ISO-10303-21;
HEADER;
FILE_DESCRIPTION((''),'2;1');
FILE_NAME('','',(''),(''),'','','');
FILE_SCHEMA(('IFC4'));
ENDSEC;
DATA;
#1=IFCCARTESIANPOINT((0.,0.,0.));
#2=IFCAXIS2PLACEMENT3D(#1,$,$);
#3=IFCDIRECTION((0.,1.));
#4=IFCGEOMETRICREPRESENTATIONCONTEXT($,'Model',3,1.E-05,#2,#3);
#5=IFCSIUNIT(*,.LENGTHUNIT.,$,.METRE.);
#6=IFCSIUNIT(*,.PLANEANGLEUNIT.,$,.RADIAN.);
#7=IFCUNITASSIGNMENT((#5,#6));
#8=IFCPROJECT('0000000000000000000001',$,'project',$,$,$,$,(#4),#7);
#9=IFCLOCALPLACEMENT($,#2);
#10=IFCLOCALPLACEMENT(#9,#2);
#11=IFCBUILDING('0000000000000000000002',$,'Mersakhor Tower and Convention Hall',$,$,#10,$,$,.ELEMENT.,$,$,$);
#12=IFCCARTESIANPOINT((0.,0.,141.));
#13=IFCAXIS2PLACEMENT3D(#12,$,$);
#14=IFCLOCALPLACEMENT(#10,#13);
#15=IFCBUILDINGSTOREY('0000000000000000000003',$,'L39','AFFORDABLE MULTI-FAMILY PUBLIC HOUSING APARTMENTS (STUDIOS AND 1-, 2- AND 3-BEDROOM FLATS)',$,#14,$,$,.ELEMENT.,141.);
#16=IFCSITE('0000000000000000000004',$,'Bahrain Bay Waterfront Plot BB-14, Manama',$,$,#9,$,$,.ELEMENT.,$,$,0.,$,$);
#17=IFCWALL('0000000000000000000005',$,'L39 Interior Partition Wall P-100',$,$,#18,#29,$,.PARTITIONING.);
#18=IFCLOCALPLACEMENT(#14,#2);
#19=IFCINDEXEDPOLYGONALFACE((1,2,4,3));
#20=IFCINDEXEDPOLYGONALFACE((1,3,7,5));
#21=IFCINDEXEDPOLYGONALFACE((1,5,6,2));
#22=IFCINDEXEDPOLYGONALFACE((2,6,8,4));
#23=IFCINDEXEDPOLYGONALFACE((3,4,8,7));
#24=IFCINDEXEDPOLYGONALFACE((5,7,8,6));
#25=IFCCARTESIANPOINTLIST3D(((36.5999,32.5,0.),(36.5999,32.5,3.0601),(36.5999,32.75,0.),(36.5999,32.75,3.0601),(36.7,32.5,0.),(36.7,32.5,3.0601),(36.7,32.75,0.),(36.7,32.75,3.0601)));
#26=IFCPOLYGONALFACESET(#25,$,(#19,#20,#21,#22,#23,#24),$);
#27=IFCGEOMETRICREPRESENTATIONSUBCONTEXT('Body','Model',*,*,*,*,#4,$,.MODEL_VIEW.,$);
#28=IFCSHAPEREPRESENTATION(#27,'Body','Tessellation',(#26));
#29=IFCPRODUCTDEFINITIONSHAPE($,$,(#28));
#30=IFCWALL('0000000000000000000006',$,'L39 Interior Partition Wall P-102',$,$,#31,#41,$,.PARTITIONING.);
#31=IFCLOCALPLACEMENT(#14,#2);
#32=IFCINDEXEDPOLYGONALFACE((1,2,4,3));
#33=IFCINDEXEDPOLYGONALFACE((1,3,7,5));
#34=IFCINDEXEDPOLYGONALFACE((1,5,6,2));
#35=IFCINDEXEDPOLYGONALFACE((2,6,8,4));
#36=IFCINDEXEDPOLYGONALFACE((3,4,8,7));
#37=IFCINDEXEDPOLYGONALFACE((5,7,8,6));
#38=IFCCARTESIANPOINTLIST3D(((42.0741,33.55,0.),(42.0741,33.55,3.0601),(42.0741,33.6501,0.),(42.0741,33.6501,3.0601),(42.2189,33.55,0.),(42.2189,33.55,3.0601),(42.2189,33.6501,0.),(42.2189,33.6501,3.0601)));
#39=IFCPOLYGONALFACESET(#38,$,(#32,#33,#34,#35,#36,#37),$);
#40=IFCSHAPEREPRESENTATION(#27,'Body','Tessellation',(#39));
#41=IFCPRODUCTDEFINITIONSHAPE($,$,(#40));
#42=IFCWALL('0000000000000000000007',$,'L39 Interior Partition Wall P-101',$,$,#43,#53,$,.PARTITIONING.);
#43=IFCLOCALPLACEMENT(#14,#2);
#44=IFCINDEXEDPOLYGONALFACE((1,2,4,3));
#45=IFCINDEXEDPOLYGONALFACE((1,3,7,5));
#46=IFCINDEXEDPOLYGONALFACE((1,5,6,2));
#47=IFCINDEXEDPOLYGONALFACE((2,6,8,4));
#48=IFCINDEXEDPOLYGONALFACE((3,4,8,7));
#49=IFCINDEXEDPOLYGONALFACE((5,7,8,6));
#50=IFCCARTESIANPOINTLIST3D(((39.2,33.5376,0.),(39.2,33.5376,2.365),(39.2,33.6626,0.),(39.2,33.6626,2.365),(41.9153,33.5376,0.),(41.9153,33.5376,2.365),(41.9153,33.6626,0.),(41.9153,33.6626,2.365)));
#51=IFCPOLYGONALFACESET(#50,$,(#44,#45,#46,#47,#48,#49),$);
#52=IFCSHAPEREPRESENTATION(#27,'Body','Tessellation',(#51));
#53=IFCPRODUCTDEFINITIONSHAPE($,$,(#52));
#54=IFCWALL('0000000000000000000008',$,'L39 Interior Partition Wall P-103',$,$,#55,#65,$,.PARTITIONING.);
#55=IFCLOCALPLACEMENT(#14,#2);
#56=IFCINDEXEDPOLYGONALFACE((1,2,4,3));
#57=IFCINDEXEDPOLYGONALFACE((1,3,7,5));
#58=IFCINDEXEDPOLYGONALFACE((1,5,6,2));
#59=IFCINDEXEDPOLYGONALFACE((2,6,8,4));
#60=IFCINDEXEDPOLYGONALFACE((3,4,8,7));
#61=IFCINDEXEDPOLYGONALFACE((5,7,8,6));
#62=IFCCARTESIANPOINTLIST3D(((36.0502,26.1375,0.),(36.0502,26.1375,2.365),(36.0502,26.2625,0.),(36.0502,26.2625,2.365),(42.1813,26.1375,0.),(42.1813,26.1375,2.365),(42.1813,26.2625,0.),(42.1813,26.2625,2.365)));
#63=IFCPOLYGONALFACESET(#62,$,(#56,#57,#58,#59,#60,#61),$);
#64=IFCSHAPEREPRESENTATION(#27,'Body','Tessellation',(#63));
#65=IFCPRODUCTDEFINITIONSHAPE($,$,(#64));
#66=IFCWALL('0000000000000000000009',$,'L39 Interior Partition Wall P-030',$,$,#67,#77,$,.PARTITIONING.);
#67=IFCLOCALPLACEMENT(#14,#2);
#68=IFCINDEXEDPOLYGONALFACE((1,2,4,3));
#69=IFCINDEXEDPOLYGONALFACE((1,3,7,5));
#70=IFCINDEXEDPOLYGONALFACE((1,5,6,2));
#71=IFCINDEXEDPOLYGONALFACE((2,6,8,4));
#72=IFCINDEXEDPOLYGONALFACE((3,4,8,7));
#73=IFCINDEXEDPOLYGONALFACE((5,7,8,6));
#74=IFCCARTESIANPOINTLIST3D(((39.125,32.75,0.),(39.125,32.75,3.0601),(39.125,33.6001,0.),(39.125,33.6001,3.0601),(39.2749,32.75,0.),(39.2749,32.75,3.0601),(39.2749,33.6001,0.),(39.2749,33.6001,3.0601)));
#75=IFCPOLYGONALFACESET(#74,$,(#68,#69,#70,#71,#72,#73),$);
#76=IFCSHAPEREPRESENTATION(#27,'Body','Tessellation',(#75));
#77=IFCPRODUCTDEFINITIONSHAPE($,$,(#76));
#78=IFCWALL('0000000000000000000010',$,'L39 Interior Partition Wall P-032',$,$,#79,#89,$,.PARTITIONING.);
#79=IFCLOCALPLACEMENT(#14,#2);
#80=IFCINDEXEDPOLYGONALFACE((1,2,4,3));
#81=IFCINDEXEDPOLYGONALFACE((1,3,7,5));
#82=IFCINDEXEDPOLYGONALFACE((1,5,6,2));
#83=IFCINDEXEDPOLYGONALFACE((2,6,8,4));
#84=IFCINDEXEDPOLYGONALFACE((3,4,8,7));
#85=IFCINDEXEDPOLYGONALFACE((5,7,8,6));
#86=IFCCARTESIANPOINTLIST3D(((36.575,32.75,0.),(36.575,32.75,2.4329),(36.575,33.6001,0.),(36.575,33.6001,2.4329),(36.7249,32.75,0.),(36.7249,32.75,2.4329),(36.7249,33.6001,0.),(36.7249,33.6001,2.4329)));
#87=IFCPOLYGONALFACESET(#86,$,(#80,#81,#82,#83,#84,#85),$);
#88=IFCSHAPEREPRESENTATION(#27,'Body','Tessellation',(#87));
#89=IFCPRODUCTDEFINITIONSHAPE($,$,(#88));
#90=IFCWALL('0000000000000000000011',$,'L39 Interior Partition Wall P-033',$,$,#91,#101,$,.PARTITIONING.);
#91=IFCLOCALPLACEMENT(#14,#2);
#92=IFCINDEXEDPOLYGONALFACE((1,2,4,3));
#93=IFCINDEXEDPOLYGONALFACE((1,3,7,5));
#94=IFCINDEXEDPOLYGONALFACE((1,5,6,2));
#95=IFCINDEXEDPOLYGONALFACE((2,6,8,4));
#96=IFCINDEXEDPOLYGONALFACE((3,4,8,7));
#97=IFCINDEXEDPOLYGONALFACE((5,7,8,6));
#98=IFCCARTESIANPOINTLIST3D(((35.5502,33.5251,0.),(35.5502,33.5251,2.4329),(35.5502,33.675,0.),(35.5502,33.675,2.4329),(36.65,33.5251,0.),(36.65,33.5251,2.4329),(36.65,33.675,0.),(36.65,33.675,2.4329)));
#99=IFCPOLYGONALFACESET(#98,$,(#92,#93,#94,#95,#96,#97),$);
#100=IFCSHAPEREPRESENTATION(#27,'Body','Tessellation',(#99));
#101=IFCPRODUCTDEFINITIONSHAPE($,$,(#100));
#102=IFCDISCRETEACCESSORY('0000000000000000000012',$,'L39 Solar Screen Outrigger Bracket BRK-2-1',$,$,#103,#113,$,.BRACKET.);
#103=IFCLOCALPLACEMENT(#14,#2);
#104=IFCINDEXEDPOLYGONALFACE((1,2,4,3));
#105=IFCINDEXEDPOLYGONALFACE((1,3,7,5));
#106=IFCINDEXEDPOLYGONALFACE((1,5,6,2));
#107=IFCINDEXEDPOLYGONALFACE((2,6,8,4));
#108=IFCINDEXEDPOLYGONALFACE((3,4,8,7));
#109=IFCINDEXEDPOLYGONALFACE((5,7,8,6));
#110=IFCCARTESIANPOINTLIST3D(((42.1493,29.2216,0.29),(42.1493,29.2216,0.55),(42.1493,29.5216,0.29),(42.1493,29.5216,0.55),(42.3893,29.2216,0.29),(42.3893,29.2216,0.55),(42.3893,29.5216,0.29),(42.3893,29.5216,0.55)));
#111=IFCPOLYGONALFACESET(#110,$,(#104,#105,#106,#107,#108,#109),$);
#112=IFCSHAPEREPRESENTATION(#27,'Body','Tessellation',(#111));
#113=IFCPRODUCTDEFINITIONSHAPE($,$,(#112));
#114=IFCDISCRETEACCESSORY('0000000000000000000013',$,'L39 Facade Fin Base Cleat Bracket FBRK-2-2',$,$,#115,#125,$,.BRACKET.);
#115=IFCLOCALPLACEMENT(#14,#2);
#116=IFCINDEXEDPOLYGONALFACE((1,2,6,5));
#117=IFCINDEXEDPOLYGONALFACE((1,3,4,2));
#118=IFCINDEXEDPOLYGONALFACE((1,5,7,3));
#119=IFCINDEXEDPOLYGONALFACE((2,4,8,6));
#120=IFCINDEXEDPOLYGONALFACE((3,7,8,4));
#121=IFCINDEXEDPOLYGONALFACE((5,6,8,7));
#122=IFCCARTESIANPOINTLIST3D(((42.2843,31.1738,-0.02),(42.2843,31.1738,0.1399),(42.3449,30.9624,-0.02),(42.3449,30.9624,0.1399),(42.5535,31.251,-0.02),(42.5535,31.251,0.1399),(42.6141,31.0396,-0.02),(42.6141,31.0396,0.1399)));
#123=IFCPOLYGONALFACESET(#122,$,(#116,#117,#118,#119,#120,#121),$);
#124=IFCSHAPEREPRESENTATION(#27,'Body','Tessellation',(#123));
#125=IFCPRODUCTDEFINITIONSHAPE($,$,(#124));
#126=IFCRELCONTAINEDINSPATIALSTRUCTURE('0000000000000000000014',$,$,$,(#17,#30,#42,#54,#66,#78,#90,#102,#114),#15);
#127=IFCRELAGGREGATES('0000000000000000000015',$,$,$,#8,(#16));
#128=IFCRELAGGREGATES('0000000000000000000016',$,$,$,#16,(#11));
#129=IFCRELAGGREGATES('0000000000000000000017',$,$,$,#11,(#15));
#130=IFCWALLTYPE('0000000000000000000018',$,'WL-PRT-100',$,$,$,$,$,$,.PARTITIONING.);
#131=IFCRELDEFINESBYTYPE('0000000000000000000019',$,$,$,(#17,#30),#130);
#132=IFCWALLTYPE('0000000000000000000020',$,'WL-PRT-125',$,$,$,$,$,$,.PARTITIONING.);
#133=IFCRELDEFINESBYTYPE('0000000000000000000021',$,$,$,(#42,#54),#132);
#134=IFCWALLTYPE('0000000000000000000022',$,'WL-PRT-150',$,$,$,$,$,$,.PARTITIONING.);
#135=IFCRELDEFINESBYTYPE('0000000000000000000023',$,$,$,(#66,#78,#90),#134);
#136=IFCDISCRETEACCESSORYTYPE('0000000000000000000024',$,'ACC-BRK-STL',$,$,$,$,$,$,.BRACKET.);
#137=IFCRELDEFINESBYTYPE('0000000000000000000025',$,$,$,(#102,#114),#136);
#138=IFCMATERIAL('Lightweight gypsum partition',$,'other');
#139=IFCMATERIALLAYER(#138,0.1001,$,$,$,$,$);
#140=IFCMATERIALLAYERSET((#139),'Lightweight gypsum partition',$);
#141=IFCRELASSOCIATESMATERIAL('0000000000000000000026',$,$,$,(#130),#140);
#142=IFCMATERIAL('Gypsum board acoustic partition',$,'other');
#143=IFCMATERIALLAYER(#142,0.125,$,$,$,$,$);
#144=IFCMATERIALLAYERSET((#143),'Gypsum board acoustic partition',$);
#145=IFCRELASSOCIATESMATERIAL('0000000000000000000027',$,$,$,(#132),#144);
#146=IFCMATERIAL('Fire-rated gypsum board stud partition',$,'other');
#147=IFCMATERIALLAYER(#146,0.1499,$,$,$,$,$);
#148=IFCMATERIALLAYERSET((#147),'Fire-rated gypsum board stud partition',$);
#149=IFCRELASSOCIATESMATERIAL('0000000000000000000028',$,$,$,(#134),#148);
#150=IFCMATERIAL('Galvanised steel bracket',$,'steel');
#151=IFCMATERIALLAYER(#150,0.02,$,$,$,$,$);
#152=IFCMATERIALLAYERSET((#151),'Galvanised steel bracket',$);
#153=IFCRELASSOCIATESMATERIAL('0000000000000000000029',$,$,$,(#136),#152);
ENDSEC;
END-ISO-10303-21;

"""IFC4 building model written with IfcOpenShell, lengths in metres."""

from ifc_helpers import new_model, si_unit, direction, frame, frame_2d, origin, origin_2d, place, context, subcontext, project, spatial, rectangle, extrude, material, layer, layer_set, type_object, element, save


model = new_model("IFC4")

# Units and contexts
model_context = context("Model", 3, precision=1e-05, world=origin(), true_north=direction((0.0, 1.0)))
body_context = subcontext(model_context, "Body", "Model", "MODEL_VIEW")
ifc_project = project(units=[si_unit("LENGTHUNIT", "METRE"), si_unit("PLANEANGLEUNIT", "RADIAN")], contexts=[model_context])

# Site, building, storey
site_placement = place(None, origin())
site = spatial("IfcSite", under=ifc_project, at=site_placement, Name="Bahrain Bay Waterfront Plot BB-14, Manama", CompositionType="ELEMENT", RefElevation=0.0)
building_placement = place(site_placement, origin())
building = spatial("IfcBuilding", under=site, at=building_placement, Name="Mersakhor Tower and Convention Hall", CompositionType="ELEMENT")
storey_placement = place(building_placement, frame((0.0, 0.0, 141.0)))
storey = spatial("IfcBuildingStorey", under=building, at=storey_placement, Name="L39", Description="AFFORDABLE MULTI-FAMILY PUBLIC HOUSING APARTMENTS (STUDIOS AND 1-, 2- AND 3-BEDROOM FLATS)", CompositionType="ELEMENT", Elevation=141.0)

# Walls
ifc_material_1 = material(Name="Lightweight gypsum partition", Category="other")
ifc_layer_1 = layer(ifc_material_1, 0.1001)
ifc_layer_set_1 = layer_set([ifc_layer_1], Name="Lightweight gypsum partition")
wall_type_1 = type_object("IfcWallType", Name="WL-PRT-100", PredefinedType="PARTITIONING", material=ifc_layer_set_1)
wall_1_placement = place(storey_placement, frame((36.6499, 32.5, 0.0), z_axis=(0.0, 0.0, 1.0), x_axis=(0.0, 1.0, 0.0)))
element("IfcWall", 1, at=wall_1_placement, inside=storey, type_object=wall_type_1, Name="L39 Interior Partition Wall P-100", PredefinedType="PARTITIONING", context=body_context, shape_type="SweptSolid", body=[
    extrude(rectangle(XDim=0.25, YDim=0.1001, at=frame_2d((0.125, 0.0))), origin(), (0.0, 0.0, 1.0), 3.0601),
])
wall_2_placement = place(storey_placement, frame((42.0742, 33.6001, 0.0), z_axis=(0.0, 0.0, 1.0), x_axis=(1.0, 0.0, 0.0)))
element("IfcWall", 2, at=wall_2_placement, inside=storey, type_object=wall_type_1, Name="L39 Interior Partition Wall P-102", PredefinedType="PARTITIONING", context=body_context, shape_type="SweptSolid", body=[
    extrude(rectangle(XDim=0.1448, YDim=0.1001, at=frame_2d((0.0723, 0.0))), origin(), (0.0, 0.0, 1.0), 3.0601),
])
ifc_material_2 = material(Name="Gypsum board acoustic partition", Category="other")
ifc_layer_2 = layer(ifc_material_2, 0.125)
ifc_layer_set_2 = layer_set([ifc_layer_2], Name="Gypsum board acoustic partition")
wall_type_2 = type_object("IfcWallType", Name="WL-PRT-125", PredefinedType="PARTITIONING", material=ifc_layer_set_2)
wall_3_placement = place(storey_placement, frame((39.2, 33.6001, 0.0), z_axis=(0.0, 0.0, 1.0), x_axis=(1.0, 0.0, 0.0)))
element("IfcWall", 3, at=wall_3_placement, inside=storey, type_object=wall_type_2, Name="L39 Interior Partition Wall P-101", PredefinedType="PARTITIONING", context=body_context, shape_type="SweptSolid", body=[
    extrude(rectangle(XDim=2.7153, YDim=0.125, at=frame_2d((1.3577, 0.0))), origin(), (0.0, 0.0, 1.0), 2.365),
])
wall_4_placement = place(storey_placement, frame((42.1812, 26.2, 0.0), z_axis=(0.0, 0.0, 1.0), x_axis=(-1.0, 0.0, 0.0)))
element("IfcWall", 4, at=wall_4_placement, inside=storey, type_object=wall_type_2, Name="L39 Interior Partition Wall P-103", PredefinedType="PARTITIONING", context=body_context, shape_type="SweptSolid", body=[
    extrude(rectangle(XDim=6.1311, YDim=0.125, at=frame_2d((3.0654, 0.0))), origin(), (0.0, 0.0, 1.0), 2.365),
])
ifc_material_3 = material(Name="Fire-rated gypsum board stud partition", Category="other")
ifc_layer_3 = layer(ifc_material_3, 0.1499)
ifc_layer_set_3 = layer_set([ifc_layer_3], Name="Fire-rated gypsum board stud partition")
wall_type_3 = type_object("IfcWallType", Name="WL-PRT-150", PredefinedType="PARTITIONING", material=ifc_layer_set_3)
wall_5_placement = place(storey_placement, frame((39.2, 33.6001, 0.0), z_axis=(0.0, 0.0, 1.0), x_axis=(0.0, -1.0, 0.0)))
element("IfcWall", 5, at=wall_5_placement, inside=storey, type_object=wall_type_3, Name="L39 Interior Partition Wall P-030", PredefinedType="PARTITIONING", context=body_context, shape_type="SweptSolid", body=[
    extrude(rectangle(XDim=0.8501, YDim=0.1499, at=frame_2d((0.425, 0.0))), origin(), (0.0, 0.0, 1.0), 3.0601),
])

# Walls
wall_6_placement = place(storey_placement, frame((36.6499, 32.75, 0.0), z_axis=(0.0, 0.0, 1.0), x_axis=(0.0, 1.0, 0.0)))
element("IfcWall", 6, at=wall_6_placement, inside=storey, type_object=wall_type_3, Name="L39 Interior Partition Wall P-032", PredefinedType="PARTITIONING", context=body_context, shape_type="SweptSolid", body=[
    extrude(rectangle(XDim=0.8501, YDim=0.1499, at=frame_2d((0.425, 0.0))), origin(), (0.0, 0.0, 1.0), 2.4329),
])
wall_7_placement = place(storey_placement, frame((36.6499, 33.6001, 0.0), z_axis=(0.0, 0.0, 1.0), x_axis=(-1.0, 0.0, 0.0)))
element("IfcWall", 7, at=wall_7_placement, inside=storey, type_object=wall_type_3, Name="L39 Interior Partition Wall P-033", PredefinedType="PARTITIONING", context=body_context, shape_type="SweptSolid", body=[
    extrude(rectangle(XDim=1.0999, YDim=0.1499, at=frame_2d((0.5498, 0.0))), origin(), (0.0, 0.0, 1.0), 2.4329),
])

# Discrete accessories
ifc_material_4 = material(Name="Galvanised steel bracket", Category="steel")
ifc_layer_4 = layer(ifc_material_4, 0.02)
ifc_layer_set_4 = layer_set([ifc_layer_4], Name="Galvanised steel bracket")
discrete_accessory_type = type_object("IfcDiscreteAccessoryType", Name="ACC-BRK-STL", PredefinedType="BRACKET", material=ifc_layer_set_4)
discrete_accessory_1_placement = place(storey_placement, frame((42.2693, 29.3716, 0.29), z_axis=(0.0, 0.0, 1.0), x_axis=(0.0, -1.0, 0.0)))
element("IfcDiscreteAccessory", 8, at=discrete_accessory_1_placement, inside=storey, type_object=discrete_accessory_type, Name="L39 Solar Screen Outrigger Bracket BRK-2-1", PredefinedType="BRACKET", context=body_context, shape_type="SweptSolid", body=[
    extrude(rectangle(XDim=0.3, YDim=0.24, at=origin_2d()), origin(), (0.0, 0.0, 1.0), 0.26),
])
discrete_accessory_2_placement = place(storey_placement, frame((42.4492, 31.1067, -0.02), z_axis=(0.0, 0.0, 1.0), x_axis=(0.961262, 0.275637, 0.0)))
element("IfcDiscreteAccessory", 9, at=discrete_accessory_2_placement, inside=storey, type_object=discrete_accessory_type, Name="L39 Facade Fin Base Cleat Bracket FBRK-2-2", PredefinedType="BRACKET", context=body_context, shape_type="SweptSolid", body=[
    extrude(rectangle(XDim=0.28, YDim=0.22, at=origin_2d()), origin(), (0.0, 0.0, 1.0), 0.1599),
])

save(model, "model.ifc")
